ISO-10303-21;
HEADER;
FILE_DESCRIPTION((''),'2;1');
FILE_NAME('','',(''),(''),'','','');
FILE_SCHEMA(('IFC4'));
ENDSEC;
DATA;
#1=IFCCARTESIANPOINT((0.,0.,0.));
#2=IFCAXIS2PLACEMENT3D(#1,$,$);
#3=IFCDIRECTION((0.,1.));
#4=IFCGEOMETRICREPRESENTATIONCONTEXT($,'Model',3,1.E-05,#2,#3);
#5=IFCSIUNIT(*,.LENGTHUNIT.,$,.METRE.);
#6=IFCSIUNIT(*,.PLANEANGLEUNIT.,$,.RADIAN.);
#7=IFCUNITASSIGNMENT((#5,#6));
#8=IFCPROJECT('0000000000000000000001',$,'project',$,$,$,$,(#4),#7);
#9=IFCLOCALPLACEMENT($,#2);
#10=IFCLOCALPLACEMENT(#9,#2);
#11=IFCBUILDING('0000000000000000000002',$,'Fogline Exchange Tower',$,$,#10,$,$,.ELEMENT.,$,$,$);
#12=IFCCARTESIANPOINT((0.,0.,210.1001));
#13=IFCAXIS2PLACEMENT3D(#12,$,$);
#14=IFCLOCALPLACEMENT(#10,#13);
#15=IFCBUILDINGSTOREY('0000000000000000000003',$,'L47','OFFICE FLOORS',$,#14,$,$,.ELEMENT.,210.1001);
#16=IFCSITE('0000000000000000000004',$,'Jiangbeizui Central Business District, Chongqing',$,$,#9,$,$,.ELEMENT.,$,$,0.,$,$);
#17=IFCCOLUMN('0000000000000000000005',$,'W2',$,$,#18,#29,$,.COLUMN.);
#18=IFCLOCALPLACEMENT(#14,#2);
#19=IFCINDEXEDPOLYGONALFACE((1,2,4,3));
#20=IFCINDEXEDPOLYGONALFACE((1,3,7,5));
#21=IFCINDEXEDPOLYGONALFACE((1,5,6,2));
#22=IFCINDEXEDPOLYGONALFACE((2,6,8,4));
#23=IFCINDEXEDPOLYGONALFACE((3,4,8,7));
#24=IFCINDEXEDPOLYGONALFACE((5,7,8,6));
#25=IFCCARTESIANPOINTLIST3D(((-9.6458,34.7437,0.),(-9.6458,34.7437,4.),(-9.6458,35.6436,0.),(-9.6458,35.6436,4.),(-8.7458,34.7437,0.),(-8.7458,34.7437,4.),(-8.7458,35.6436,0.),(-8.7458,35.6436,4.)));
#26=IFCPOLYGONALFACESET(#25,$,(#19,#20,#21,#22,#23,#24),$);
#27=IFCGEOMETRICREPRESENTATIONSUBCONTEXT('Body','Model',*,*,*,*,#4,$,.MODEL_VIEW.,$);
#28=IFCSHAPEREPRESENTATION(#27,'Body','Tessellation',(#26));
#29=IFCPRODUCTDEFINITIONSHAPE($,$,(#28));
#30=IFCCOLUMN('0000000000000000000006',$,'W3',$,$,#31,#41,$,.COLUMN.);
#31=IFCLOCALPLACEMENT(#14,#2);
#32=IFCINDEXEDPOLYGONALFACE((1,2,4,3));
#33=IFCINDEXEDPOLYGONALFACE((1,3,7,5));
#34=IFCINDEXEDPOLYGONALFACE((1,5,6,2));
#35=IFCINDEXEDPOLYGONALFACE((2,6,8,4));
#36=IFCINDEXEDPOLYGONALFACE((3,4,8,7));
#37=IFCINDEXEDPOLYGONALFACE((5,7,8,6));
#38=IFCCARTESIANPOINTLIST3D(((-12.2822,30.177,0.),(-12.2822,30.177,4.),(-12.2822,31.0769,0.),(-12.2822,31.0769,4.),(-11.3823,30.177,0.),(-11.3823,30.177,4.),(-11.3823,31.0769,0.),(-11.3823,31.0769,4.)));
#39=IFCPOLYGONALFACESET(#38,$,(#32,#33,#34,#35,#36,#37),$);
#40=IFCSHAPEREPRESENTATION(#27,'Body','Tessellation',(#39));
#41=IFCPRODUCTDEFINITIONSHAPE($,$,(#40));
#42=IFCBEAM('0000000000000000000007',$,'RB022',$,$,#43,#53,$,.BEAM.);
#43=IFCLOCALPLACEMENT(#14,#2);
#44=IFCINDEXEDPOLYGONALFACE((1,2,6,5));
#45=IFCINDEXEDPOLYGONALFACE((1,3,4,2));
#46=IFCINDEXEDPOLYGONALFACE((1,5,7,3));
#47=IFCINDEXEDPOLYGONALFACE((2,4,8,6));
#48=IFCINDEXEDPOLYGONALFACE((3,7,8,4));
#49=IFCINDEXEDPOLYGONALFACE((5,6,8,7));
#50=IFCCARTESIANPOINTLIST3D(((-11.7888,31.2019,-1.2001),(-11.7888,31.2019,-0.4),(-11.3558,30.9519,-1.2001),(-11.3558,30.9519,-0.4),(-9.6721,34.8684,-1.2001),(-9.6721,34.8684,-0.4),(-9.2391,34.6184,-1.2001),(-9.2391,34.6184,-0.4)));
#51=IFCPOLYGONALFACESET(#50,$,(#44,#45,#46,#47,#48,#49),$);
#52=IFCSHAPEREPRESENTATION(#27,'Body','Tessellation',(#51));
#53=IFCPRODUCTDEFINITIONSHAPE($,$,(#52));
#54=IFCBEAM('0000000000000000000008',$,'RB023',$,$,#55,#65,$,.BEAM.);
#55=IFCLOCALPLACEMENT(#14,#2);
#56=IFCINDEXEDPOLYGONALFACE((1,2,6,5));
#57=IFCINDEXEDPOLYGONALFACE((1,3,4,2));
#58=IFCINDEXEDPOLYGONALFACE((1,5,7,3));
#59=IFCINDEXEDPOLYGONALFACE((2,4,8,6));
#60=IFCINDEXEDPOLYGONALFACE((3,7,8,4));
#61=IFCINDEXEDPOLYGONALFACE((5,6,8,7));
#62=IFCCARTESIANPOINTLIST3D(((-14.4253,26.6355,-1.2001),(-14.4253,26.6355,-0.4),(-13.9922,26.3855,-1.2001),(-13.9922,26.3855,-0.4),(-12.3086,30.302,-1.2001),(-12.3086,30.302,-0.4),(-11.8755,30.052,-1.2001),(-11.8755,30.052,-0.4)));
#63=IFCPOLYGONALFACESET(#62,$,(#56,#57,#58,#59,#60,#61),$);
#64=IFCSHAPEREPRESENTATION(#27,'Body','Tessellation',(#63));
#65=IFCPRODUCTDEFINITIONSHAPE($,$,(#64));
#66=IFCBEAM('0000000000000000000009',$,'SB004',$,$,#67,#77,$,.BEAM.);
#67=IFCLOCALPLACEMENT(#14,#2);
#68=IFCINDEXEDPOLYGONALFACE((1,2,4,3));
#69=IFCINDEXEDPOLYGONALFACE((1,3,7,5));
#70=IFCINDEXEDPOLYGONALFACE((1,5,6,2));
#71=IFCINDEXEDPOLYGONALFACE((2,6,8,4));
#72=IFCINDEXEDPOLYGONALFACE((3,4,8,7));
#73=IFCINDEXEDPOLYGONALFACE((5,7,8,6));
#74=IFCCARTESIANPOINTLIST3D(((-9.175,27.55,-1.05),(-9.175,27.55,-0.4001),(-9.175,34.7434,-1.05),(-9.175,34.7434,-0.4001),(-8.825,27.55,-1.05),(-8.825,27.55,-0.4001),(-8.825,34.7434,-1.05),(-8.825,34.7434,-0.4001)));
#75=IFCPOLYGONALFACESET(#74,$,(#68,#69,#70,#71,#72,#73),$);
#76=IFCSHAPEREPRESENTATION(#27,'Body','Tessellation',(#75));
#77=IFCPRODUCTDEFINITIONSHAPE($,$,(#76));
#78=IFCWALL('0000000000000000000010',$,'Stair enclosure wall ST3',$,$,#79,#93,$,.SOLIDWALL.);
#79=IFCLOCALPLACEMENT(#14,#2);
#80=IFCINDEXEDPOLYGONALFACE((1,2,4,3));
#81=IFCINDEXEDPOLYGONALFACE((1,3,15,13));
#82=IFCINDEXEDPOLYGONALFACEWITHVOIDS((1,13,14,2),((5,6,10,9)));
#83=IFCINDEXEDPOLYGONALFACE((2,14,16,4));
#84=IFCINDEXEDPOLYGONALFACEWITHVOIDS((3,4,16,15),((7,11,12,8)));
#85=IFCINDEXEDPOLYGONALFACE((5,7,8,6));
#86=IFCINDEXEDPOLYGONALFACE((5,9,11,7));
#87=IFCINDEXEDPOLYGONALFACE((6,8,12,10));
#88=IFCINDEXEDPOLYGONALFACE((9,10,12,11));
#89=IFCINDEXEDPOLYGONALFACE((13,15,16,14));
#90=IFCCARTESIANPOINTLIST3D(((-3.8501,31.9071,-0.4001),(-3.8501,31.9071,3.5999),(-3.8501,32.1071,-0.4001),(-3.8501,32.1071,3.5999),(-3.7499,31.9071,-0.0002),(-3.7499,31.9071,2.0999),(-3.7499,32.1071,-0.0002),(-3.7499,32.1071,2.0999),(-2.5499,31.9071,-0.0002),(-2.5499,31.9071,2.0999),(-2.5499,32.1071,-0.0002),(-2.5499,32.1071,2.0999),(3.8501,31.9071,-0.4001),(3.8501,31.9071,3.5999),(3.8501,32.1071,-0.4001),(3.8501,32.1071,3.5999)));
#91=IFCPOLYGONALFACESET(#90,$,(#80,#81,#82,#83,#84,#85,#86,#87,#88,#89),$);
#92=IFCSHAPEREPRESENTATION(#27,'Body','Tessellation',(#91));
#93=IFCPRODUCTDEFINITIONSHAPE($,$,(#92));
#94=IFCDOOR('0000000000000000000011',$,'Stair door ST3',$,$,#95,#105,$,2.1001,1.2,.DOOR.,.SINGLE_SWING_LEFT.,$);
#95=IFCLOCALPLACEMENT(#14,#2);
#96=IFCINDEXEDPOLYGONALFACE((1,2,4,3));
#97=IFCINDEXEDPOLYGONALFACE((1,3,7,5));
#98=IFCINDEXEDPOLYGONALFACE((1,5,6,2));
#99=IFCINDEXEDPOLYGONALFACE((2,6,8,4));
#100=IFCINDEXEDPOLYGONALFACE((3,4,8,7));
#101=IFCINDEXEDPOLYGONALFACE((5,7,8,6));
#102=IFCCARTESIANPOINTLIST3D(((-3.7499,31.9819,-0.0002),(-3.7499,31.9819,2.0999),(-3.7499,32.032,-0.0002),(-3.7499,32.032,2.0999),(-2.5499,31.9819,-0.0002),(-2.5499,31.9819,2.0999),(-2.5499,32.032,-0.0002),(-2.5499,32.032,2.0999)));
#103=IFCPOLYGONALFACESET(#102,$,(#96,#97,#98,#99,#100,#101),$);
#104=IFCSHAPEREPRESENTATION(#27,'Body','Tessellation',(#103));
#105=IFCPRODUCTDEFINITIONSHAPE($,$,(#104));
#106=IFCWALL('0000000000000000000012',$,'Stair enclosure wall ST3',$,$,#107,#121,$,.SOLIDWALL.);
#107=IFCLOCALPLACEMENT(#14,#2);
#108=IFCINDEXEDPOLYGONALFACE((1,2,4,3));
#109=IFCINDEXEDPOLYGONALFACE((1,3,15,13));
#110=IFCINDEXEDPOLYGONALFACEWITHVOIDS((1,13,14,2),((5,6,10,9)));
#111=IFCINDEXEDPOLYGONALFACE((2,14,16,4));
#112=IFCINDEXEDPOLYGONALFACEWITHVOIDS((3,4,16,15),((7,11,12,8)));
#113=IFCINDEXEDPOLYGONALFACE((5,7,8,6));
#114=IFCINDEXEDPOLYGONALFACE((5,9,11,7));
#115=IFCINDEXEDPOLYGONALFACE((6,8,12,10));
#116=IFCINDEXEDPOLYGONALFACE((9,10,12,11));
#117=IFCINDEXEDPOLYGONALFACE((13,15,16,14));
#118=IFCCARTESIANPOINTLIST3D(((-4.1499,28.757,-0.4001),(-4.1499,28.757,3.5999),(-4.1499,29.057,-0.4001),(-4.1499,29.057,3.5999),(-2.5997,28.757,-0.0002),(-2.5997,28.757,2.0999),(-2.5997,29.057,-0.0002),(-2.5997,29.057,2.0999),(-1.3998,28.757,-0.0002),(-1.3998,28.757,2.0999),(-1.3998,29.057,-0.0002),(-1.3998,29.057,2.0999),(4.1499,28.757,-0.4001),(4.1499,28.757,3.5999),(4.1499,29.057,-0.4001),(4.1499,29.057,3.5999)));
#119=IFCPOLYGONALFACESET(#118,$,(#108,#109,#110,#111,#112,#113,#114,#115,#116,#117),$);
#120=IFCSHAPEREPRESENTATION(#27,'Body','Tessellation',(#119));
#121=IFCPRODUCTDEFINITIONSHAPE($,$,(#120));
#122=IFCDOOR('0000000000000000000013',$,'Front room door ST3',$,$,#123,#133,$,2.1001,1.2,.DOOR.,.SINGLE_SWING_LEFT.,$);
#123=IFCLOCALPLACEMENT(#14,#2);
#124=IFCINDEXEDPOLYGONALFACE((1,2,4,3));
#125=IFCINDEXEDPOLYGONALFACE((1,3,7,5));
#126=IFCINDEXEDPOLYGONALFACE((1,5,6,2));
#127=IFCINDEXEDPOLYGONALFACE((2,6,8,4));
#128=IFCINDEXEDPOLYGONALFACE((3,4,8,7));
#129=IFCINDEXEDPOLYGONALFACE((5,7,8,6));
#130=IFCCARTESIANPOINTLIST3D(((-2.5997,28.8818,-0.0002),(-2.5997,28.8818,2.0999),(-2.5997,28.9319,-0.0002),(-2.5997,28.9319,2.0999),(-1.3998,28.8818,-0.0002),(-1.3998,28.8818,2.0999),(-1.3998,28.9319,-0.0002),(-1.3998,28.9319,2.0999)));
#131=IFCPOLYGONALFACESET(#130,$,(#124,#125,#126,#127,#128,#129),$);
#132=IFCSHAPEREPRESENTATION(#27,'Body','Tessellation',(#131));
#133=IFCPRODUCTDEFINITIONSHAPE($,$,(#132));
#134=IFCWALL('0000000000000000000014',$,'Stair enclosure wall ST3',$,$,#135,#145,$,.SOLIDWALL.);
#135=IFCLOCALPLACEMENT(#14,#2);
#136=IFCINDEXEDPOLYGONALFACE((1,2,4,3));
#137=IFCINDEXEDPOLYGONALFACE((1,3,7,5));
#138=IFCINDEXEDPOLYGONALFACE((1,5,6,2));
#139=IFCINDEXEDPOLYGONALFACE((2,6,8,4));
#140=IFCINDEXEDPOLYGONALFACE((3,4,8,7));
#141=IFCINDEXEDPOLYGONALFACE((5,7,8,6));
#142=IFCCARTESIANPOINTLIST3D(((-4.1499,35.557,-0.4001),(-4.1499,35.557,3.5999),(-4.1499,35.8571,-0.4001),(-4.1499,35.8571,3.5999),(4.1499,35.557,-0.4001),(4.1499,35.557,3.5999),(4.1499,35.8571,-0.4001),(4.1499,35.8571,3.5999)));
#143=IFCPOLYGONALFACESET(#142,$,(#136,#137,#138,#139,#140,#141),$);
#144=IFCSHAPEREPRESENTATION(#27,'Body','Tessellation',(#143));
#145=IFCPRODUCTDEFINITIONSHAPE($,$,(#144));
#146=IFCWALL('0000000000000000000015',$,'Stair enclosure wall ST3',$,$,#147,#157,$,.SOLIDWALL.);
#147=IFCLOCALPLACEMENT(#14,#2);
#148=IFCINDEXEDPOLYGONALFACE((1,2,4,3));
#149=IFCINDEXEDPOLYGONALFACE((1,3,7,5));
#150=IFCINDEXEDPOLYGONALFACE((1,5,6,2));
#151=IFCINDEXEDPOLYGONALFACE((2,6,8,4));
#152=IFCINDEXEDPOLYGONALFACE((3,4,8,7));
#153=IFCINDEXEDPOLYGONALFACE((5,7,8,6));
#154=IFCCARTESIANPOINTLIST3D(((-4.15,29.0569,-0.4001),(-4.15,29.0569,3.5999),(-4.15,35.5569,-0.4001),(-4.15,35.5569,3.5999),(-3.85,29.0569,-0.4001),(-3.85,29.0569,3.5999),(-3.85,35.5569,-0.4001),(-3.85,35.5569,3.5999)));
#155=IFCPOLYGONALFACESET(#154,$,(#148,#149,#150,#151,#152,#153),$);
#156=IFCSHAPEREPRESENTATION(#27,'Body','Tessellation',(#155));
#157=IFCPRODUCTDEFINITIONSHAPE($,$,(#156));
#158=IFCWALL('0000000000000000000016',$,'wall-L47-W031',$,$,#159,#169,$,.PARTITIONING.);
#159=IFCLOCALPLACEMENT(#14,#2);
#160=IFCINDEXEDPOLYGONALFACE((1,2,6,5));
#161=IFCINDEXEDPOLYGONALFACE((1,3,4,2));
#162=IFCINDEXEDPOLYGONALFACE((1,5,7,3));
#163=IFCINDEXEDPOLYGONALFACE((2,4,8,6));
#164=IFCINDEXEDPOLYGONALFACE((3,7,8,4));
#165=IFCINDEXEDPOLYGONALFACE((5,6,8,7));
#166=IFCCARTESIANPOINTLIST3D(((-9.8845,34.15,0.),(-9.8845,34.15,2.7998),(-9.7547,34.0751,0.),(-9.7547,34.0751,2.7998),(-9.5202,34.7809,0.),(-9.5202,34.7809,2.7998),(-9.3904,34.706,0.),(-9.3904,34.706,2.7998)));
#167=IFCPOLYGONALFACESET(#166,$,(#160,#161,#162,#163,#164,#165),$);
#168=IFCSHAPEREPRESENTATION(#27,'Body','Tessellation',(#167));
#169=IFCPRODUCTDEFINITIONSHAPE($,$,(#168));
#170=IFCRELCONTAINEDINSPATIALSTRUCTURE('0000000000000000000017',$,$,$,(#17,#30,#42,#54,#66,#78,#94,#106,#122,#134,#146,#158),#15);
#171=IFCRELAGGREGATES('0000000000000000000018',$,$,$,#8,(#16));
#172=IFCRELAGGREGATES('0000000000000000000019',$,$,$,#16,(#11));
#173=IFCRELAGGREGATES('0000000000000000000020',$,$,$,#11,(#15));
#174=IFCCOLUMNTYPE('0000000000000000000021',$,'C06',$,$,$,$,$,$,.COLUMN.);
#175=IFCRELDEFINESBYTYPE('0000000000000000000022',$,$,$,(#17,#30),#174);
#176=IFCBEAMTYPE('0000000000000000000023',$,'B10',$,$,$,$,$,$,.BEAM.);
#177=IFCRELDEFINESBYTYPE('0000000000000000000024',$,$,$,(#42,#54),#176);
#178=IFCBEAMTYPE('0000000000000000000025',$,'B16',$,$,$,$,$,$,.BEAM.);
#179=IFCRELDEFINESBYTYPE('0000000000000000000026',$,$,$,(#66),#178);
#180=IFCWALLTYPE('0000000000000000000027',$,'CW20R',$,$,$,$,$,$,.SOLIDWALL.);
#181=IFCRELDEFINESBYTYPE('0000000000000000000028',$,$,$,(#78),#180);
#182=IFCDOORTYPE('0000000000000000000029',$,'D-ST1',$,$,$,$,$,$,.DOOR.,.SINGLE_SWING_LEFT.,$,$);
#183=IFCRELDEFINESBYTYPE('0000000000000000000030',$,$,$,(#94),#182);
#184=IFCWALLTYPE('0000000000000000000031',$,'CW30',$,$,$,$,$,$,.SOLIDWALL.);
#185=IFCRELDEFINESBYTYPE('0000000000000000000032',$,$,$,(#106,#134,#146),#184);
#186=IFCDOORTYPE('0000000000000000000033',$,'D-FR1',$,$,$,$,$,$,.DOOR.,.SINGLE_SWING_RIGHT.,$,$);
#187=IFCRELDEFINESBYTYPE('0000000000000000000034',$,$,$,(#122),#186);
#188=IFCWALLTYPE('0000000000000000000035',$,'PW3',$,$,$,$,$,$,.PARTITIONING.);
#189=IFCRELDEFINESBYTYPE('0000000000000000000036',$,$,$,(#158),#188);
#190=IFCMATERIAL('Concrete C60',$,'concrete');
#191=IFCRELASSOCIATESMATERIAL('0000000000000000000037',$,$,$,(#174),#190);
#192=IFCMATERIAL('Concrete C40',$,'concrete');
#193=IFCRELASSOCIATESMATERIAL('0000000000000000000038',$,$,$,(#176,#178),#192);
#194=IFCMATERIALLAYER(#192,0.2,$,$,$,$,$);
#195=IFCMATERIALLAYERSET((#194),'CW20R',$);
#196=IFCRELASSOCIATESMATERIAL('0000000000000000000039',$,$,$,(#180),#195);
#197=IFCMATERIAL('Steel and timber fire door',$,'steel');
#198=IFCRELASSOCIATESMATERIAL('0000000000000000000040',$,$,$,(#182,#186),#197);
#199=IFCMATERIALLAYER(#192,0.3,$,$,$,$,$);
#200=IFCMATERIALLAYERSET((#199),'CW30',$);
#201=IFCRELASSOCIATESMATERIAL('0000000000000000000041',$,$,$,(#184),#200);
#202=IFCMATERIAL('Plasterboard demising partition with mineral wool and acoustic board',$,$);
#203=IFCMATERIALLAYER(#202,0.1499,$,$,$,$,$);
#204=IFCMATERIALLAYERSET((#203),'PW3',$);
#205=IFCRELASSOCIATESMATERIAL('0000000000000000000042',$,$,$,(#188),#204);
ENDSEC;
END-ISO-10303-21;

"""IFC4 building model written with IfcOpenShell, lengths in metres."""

from ifc_helpers import new_model, si_unit, direction, frame, frame_2d, origin, origin_2d, place, context, subcontext, project, spatial, rectangle, extrude, material, layer, layer_set, material_profile, profile_set, type_object, element, fill, save


model = new_model("IFC4")

# Units and contexts
model_context = context("Model", 3, precision=1e-05, world=origin(), true_north=direction((0.0, 1.0)))
body_context = subcontext(model_context, "Body", "Model", "MODEL_VIEW")
ifc_project = project(units=[si_unit("LENGTHUNIT", "METRE"), si_unit("PLANEANGLEUNIT", "RADIAN")], contexts=[model_context])

# Site, building, storey
site_placement = place(None, origin())
site = spatial("IfcSite", under=ifc_project, at=site_placement, Name="Jiangbeizui Central Business District, Chongqing", CompositionType="ELEMENT", RefElevation=0.0)
building_placement = place(site_placement, origin())
building = spatial("IfcBuilding", under=site, at=building_placement, Name="Fogline Exchange Tower", CompositionType="ELEMENT")
storey_placement = place(building_placement, frame((0.0, 0.0, 210.1001)))
storey = spatial("IfcBuildingStorey", under=building, at=storey_placement, Name="L47", Description="OFFICE FLOORS", CompositionType="ELEMENT", Elevation=210.1001)

# Columns
ifc_material_1 = material(Name="Concrete C60", Category="concrete")
ifc_material_profile_1 = material_profile(ifc_material_1, rectangle(XDim=0.8999, YDim=0.8999, at=origin_2d()), Name="RC 900x900")
ifc_profile_set_1 = profile_set([ifc_material_profile_1], Name="Concrete C60")
column_type = type_object("IfcColumnType", Name="C06", PredefinedType="COLUMN", material=ifc_profile_set_1)
for number, where, z_axis, x_axis, name in (
    (1, (-9.1958, 35.1936, 0.0), (0.0, 0.0, 1.0), (1.0, 0.0, 0.0), "W2"),
    (2, (-11.8323, 30.627, 0.0), (0.0, 0.0, 1.0), (1.0, 0.0, 0.0), "W3"),
):
    element("IfcColumn", number, at=place(storey_placement, frame(where, z_axis=z_axis, x_axis=x_axis)), inside=storey, type_object=column_type, Name=name, PredefinedType="COLUMN", context=body_context, shape_type="SweptSolid", body=[
        extrude(rectangle(XDim=0.8999, YDim=0.8999, at=origin_2d()), origin(), (0.0, 0.0, 1.0), 4.0),
    ])

# Beams
ifc_material_2 = material(Name="Concrete C40", Category="concrete")
ifc_material_profile_2 = material_profile(ifc_material_2, rectangle(XDim=0.5, YDim=0.8, at=origin_2d()), Name="RC 500x800")
ifc_profile_set_2 = profile_set([ifc_material_profile_2], Name="Concrete C40")
beam_type_1 = type_object("IfcBeamType", Name="B10", PredefinedType="BEAM", material=ifc_profile_set_2)
for number, where, z_axis, x_axis, name in (
    (3, (-9.4556, 34.7434, -0.8), (-0.499972, -0.866042, 0.0), (0.866042, -0.499972, 0.0), "RB022"),
    (4, (-12.092, 30.177, -0.8), (-0.499972, -0.866042, 0.0), (0.866042, -0.499972, 0.0), "RB023"),
):
    element("IfcBeam", number, at=place(storey_placement, frame(where, z_axis=z_axis, x_axis=x_axis)), inside=storey, type_object=beam_type_1, Name=name, PredefinedType="BEAM", context=body_context, shape_type="SweptSolid", body=[
        extrude(rectangle(XDim=0.5, YDim=0.8, at=origin_2d()), origin(), (0.0, 0.0, 1.0), 4.2336),
    ])
ifc_material_profile_3 = material_profile(ifc_material_2, rectangle(XDim=0.3501, YDim=0.6499, at=origin_2d()), Name="RC 350x650")
ifc_profile_set_3 = profile_set([ifc_material_profile_3], Name="Concrete C40")
beam_type_2 = type_object("IfcBeamType", Name="B16", PredefinedType="BEAM", material=ifc_profile_set_3)
beam_placement = place(storey_placement, frame((-9.0, 27.55, -0.7251), z_axis=(0.0, 1.0, 0.0), x_axis=(-1.0, 0.0, 0.0)))
element("IfcBeam", 5, at=beam_placement, inside=storey, type_object=beam_type_2, Name="SB004", PredefinedType="BEAM", context=body_context, shape_type="SweptSolid", body=[
    extrude(rectangle(XDim=0.3501, YDim=0.6499, at=origin_2d()), origin(), (0.0, 0.0, 1.0), 7.1934),
])

# Walls, openings, doors
ifc_layer_1 = layer(ifc_material_2, 0.2)
ifc_layer_set_1 = layer_set([ifc_layer_1], Name="CW20R")
wall_type_1 = type_object("IfcWallType", Name="CW20R", PredefinedType="SOLIDWALL", material=ifc_layer_set_1)
wall_1_placement = place(storey_placement, frame((-3.8501, 32.0071, -0.4001), z_axis=(0.0, 0.0, 1.0), x_axis=(1.0, 0.0, 0.0)))
wall_1 = element("IfcWall", 6, at=wall_1_placement, inside=storey, type_object=wall_type_1, Name="Stair enclosure wall ST3", PredefinedType="SOLIDWALL", context=body_context, shape_type="SweptSolid", body=[
    extrude(rectangle(XDim=7.7002, YDim=0.2, at=frame_2d((3.8501, 0.0))), origin(), (0.0, 0.0, 1.0), 4.0),
])
opening_1_placement = place(wall_1_placement, frame((0.1001, 0.0, 0.3999)))
opening_1 = element("IfcOpeningElement", 7, at=opening_1_placement, cuts=wall_1, PredefinedType="OPENING", context=body_context, shape_type="SweptSolid", body=[
    extrude(rectangle(XDim=1.2, YDim=2.1001, at=frame_2d((0.6001, 1.05))), frame((0.0, 0.1099, 0.0), z_axis=(0.0, -1.0, 0.0), x_axis=(1.0, 0.0, 0.0)), (0.0, 0.0, 1.0), 0.22),
])
ifc_material_3 = material(Name="Steel and timber fire door", Category="steel")
door_type_1 = type_object("IfcDoorType", Name="D-ST1", OperationType="SINGLE_SWING_LEFT", PredefinedType="DOOR", material=ifc_material_3)
door_1_placement = place(opening_1_placement, origin())
door_1 = element("IfcDoor", 8, at=door_1_placement, inside=storey, type_object=door_type_1, Name="Stair door ST3", OperationType="SINGLE_SWING_LEFT", OverallHeight=2.1001, OverallWidth=1.2, PredefinedType="DOOR", context=body_context, shape_type="SweptSolid", body=[
    extrude(rectangle(XDim=1.2, YDim=2.1001, at=frame_2d((0.6001, 1.05))), frame((0.0, 0.0249, 0.0), z_axis=(0.0, -1.0, 0.0), x_axis=(1.0, 0.0, 0.0)), (0.0, 0.0, 1.0), 0.05),
])
fill(opening_1, door_1)
ifc_layer_2 = layer(ifc_material_2, 0.3)
ifc_layer_set_2 = layer_set([ifc_layer_2], Name="CW30")
wall_type_2 = type_object("IfcWallType", Name="CW30", PredefinedType="SOLIDWALL", material=ifc_layer_set_2)
wall_2_placement = place(storey_placement, frame((-4.1499, 28.907, -0.4001), z_axis=(0.0, 0.0, 1.0), x_axis=(1.0, 0.0, 0.0)))
wall_2 = element("IfcWall", 9, at=wall_2_placement, inside=storey, type_object=wall_type_2, Name="Stair enclosure wall ST3", PredefinedType="SOLIDWALL", context=body_context, shape_type="SweptSolid", body=[
    extrude(rectangle(XDim=8.2998, YDim=0.3, at=frame_2d((4.1499, 0.0))), origin(), (0.0, 0.0, 1.0), 4.0),
])
opening_2_placement = place(wall_2_placement, frame((1.55, 0.0, 0.3999)))
opening_2 = element("IfcOpeningElement", 10, at=opening_2_placement, cuts=wall_2, PredefinedType="OPENING", context=body_context, shape_type="SweptSolid", body=[
    extrude(rectangle(XDim=1.2, YDim=2.1001, at=frame_2d((0.6001, 1.05))), frame((0.0, 0.1602, 0.0), z_axis=(0.0, -1.0, 0.0), x_axis=(1.0, 0.0, 0.0)), (0.0, 0.0, 1.0), 0.3201),
])
door_type_2 = type_object("IfcDoorType", Name="D-FR1", OperationType="SINGLE_SWING_RIGHT", PredefinedType="DOOR", material=ifc_material_3)
door_2_placement = place(opening_2_placement, origin())
door_2 = element("IfcDoor", 11, at=door_2_placement, inside=storey, type_object=door_type_2, Name="Front room door ST3", OperationType="SINGLE_SWING_LEFT", OverallHeight=2.1001, OverallWidth=1.2, PredefinedType="DOOR", context=body_context, shape_type="SweptSolid", body=[
    extrude(rectangle(XDim=1.2, YDim=2.1001, at=frame_2d((0.6001, 1.05))), frame((0.0, 0.0249, 0.0), z_axis=(0.0, -1.0, 0.0), x_axis=(1.0, 0.0, 0.0)), (0.0, 0.0, 1.0), 0.05),
])
fill(opening_2, door_2)

# Walls
wall_3_placement = place(storey_placement, frame((-4.1499, 35.707, -0.4001), z_axis=(0.0, 0.0, 1.0), x_axis=(1.0, 0.0, 0.0)))
element("IfcWall", 12, at=wall_3_placement, inside=storey, type_object=wall_type_2, Name="Stair enclosure wall ST3", PredefinedType="SOLIDWALL", context=body_context, shape_type="SweptSolid", body=[
    extrude(rectangle(XDim=8.2998, YDim=0.3, at=frame_2d((4.1499, 0.0))), origin(), (0.0, 0.0, 1.0), 4.0),
])
wall_4_placement = place(storey_placement, frame((-4.0, 29.0569, -0.4001), z_axis=(0.0, 0.0, 1.0), x_axis=(0.0, 1.0, 0.0)))
element("IfcWall", 13, at=wall_4_placement, inside=storey, type_object=wall_type_2, Name="Stair enclosure wall ST3", PredefinedType="SOLIDWALL", context=body_context, shape_type="SweptSolid", body=[
    extrude(rectangle(XDim=6.5, YDim=0.3, at=frame_2d((3.25, 0.0))), origin(), (0.0, 0.0, 1.0), 4.0),
])
ifc_material_4 = material(Name="Plasterboard demising partition with mineral wool and acoustic board")
ifc_layer_3 = layer(ifc_material_4, 0.1499)
ifc_layer_set_3 = layer_set([ifc_layer_3], Name="PW3")
wall_type_3 = type_object("IfcWallType", Name="PW3", PredefinedType="PARTITIONING", material=ifc_layer_set_3)
wall_5_placement = place(storey_placement, frame((-9.8196, 34.1125, 0.0), z_axis=(0.0, 0.0, 1.0), x_axis=(0.500032, 0.866007, 0.0)))
element("IfcWall", 14, at=wall_5_placement, inside=storey, type_object=wall_type_3, Name="wall-L47-W031", PredefinedType="PARTITIONING", context=body_context, shape_type="SweptSolid", body=[
    extrude(rectangle(XDim=0.7285, YDim=0.1499, at=frame_2d((0.3643, 0.0))), origin(), (0.0, 0.0, 1.0), 2.7998),
])

save(model, "model.ifc")
